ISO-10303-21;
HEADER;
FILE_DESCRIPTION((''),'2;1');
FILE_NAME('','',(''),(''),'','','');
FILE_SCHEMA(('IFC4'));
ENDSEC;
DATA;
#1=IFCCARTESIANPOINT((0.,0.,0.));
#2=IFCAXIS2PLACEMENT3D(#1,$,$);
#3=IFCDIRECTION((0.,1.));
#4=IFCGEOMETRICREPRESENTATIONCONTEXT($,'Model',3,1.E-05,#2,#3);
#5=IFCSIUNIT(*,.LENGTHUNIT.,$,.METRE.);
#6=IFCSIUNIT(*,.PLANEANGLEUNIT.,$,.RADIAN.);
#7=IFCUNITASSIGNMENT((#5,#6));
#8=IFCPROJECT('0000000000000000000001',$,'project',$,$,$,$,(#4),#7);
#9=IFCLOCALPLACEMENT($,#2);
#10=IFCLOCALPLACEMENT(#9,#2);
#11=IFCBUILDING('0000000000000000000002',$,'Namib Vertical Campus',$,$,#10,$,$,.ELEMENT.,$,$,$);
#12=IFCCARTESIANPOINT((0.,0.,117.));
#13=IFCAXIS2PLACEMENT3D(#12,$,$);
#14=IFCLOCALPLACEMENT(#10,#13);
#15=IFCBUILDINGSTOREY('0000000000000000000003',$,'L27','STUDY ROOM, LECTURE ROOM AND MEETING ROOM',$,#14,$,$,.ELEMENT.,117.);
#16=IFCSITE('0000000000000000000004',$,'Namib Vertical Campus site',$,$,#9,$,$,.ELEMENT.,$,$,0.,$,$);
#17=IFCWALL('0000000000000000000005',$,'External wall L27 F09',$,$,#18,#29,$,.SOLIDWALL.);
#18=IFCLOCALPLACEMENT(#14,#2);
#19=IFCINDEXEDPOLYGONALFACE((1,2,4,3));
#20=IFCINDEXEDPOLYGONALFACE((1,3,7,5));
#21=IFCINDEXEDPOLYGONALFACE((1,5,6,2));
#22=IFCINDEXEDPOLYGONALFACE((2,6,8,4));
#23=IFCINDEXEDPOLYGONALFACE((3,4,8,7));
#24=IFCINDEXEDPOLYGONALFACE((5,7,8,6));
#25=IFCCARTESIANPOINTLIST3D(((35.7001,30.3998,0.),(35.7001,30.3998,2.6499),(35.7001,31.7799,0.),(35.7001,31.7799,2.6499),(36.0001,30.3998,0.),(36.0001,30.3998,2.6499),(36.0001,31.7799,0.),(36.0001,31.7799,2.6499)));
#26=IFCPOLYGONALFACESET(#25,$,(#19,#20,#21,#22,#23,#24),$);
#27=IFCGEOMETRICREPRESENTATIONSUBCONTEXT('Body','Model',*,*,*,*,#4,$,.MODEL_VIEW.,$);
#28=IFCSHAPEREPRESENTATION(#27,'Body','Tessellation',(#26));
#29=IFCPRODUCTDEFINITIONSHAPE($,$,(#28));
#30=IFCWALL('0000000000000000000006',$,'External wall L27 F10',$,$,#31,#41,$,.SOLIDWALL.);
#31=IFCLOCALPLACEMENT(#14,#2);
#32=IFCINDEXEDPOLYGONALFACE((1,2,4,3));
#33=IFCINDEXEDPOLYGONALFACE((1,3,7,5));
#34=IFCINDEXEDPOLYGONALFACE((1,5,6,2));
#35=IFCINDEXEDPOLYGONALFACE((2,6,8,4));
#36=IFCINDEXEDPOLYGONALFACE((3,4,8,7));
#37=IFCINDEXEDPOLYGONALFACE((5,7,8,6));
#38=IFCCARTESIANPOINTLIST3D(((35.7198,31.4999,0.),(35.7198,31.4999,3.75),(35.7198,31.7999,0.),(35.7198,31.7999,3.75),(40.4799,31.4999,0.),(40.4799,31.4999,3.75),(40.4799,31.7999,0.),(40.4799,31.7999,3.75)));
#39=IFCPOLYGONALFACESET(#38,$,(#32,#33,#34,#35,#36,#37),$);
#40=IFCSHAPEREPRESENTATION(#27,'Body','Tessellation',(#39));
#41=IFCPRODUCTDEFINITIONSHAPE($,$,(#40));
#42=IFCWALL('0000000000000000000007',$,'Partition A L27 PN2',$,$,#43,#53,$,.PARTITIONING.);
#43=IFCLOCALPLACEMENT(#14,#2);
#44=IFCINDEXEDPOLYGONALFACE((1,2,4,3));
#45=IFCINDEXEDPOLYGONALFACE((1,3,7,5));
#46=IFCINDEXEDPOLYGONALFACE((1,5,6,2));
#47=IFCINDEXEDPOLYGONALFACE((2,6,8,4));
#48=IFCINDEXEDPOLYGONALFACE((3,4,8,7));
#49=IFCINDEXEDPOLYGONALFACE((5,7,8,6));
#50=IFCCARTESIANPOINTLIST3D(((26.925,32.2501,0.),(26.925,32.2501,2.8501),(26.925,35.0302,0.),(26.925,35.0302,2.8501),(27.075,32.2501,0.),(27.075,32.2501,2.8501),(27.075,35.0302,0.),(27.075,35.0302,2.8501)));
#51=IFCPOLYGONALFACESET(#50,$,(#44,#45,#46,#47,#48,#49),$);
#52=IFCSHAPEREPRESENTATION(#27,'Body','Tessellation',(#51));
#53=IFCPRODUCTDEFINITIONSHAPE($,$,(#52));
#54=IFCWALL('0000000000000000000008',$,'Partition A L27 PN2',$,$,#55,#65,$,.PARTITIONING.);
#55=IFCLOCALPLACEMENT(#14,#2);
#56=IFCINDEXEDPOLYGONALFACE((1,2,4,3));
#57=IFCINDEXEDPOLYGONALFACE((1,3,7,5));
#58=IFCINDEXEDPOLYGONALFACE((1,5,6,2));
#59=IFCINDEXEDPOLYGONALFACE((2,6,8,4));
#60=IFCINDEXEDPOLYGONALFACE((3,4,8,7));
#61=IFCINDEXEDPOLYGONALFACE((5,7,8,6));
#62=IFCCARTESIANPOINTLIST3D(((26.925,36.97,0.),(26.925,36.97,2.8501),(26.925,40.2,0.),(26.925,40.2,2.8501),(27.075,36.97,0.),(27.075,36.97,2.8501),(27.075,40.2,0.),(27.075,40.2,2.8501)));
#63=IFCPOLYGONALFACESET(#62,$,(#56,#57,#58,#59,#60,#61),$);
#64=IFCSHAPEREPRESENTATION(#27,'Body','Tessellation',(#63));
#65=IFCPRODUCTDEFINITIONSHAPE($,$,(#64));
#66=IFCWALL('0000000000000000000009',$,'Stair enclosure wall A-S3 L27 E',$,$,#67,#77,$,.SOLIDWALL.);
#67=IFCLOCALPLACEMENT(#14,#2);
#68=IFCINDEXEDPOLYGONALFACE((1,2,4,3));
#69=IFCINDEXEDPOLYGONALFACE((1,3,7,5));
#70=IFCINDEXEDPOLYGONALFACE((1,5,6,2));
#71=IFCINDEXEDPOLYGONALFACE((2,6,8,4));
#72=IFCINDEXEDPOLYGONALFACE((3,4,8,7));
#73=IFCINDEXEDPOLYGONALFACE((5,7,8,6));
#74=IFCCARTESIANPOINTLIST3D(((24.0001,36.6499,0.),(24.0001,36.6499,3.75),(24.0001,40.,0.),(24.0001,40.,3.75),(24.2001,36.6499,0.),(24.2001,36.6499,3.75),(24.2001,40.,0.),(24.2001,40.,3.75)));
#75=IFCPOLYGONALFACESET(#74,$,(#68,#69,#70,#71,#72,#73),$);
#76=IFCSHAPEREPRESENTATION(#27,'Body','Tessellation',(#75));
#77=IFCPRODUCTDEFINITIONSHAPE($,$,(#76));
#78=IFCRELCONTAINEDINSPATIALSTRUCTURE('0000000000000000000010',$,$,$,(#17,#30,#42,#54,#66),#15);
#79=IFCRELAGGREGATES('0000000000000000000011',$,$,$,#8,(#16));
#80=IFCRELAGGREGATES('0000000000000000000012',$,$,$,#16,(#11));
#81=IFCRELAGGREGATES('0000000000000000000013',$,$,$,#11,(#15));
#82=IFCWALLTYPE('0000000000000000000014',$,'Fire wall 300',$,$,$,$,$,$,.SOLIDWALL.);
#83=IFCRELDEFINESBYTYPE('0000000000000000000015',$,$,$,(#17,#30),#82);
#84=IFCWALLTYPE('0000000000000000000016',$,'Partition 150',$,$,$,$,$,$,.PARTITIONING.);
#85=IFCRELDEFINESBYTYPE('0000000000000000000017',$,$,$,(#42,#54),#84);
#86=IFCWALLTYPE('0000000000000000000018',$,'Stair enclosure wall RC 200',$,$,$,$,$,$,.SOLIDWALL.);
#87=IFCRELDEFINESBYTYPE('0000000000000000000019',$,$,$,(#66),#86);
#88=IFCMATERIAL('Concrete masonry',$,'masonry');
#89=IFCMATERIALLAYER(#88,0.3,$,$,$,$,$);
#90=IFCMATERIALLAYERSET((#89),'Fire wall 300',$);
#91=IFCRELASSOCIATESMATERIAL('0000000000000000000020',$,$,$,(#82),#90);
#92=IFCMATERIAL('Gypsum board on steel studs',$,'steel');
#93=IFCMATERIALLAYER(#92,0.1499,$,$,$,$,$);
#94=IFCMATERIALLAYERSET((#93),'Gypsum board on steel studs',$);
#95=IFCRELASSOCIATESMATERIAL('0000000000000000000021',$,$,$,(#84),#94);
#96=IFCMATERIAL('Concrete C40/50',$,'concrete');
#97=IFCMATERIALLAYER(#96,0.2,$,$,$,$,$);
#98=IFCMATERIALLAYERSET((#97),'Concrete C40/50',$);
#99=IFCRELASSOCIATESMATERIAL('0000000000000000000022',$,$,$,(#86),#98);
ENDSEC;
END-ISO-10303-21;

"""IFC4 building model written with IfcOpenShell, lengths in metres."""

from ifc_helpers import new_model, si_unit, direction, frame, frame_2d, origin, place, context, subcontext, project, spatial, rectangle, extrude, material, layer, layer_set, type_object, element, save


model = new_model("IFC4")

# Units and contexts
model_context = context("Model", 3, precision=1e-05, world=origin(), true_north=direction((0.0, 1.0)))
body_context = subcontext(model_context, "Body", "Model", "MODEL_VIEW")
ifc_project = project(units=[si_unit("LENGTHUNIT", "METRE"), si_unit("PLANEANGLEUNIT", "RADIAN")], contexts=[model_context])

# Site, building, storey
site_placement = place(None, origin())
site = spatial("IfcSite", under=ifc_project, at=site_placement, Name="Namib Vertical Campus site", CompositionType="ELEMENT", RefElevation=0.0)
building_placement = place(site_placement, origin())
building = spatial("IfcBuilding", under=site, at=building_placement, Name="Namib Vertical Campus", CompositionType="ELEMENT")
storey_placement = place(building_placement, frame((0.0, 0.0, 117.0)))
storey = spatial("IfcBuildingStorey", under=building, at=storey_placement, Name="L27", Description="STUDY ROOM, LECTURE ROOM AND MEETING ROOM", CompositionType="ELEMENT", Elevation=117.0)

# Walls
ifc_material_1 = material(Name="Concrete masonry", Category="masonry")
ifc_layer_1 = layer(ifc_material_1, 0.3)
ifc_layer_set_1 = layer_set([ifc_layer_1], Name="Fire wall 300")
wall_type_1 = type_object("IfcWallType", Name="Fire wall 300", PredefinedType="SOLIDWALL", material=ifc_layer_set_1)
wall_1_placement = place(storey_placement, frame((35.8501, 30.3999, 0.0), z_axis=(0.0, 0.0, 1.0), x_axis=(0.0, 1.0, 0.0)))
element("IfcWall", 1, at=wall_1_placement, inside=storey, type_object=wall_type_1, Name="External wall L27 F09", PredefinedType="SOLIDWALL", context=body_context, shape_type="SweptSolid", body=[
    extrude(rectangle(XDim=1.3801, YDim=0.3, at=frame_2d((0.6899, 0.0))), origin(), (0.0, 0.0, 1.0), 2.6499),
])
wall_2_placement = place(storey_placement, frame((35.72, 31.6499, 0.0), z_axis=(0.0, 0.0, 1.0), x_axis=(1.0, 0.0, 0.0)))
element("IfcWall", 2, at=wall_2_placement, inside=storey, type_object=wall_type_1, Name="External wall L27 F10", PredefinedType="SOLIDWALL", context=body_context, shape_type="SweptSolid", body=[
    extrude(rectangle(XDim=4.76, YDim=0.3, at=frame_2d((2.3799, 0.0))), origin(), (0.0, 0.0, 1.0), 3.75),
])
ifc_material_2 = material(Name="Gypsum board on steel studs", Category="steel")
ifc_layer_2 = layer(ifc_material_2, 0.1499)
ifc_layer_set_2 = layer_set([ifc_layer_2], Name="Gypsum board on steel studs")
wall_type_2 = type_object("IfcWallType", Name="Partition 150", PredefinedType="PARTITIONING", material=ifc_layer_set_2)
wall_3_placement = place(storey_placement, frame((27.0, 32.25, 0.0), z_axis=(0.0, 0.0, 1.0), x_axis=(0.0, 1.0, 0.0)))
element("IfcWall", 3, at=wall_3_placement, inside=storey, type_object=wall_type_2, Name="Partition A L27 PN2", PredefinedType="PARTITIONING", context=body_context, shape_type="SweptSolid", body=[
    extrude(rectangle(XDim=2.78, YDim=0.1499, at=frame_2d((1.3901, 0.0))), origin(), (0.0, 0.0, 1.0), 2.8501),
])
wall_4_placement = place(storey_placement, frame((27.0, 36.97, 0.0), z_axis=(0.0, 0.0, 1.0), x_axis=(0.0, 1.0, 0.0)))
element("IfcWall", 4, at=wall_4_placement, inside=storey, type_object=wall_type_2, Name="Partition A L27 PN2", PredefinedType="PARTITIONING", context=body_context, shape_type="SweptSolid", body=[
    extrude(rectangle(XDim=3.23, YDim=0.1499, at=frame_2d((1.615, 0.0))), origin(), (0.0, 0.0, 1.0), 2.8501),
])
ifc_material_3 = material(Name="Concrete C40/50", Category="concrete")
ifc_layer_3 = layer(ifc_material_3, 0.2)
ifc_layer_set_3 = layer_set([ifc_layer_3], Name="Concrete C40/50")
wall_type_3 = type_object("IfcWallType", Name="Stair enclosure wall RC 200", PredefinedType="SOLIDWALL", material=ifc_layer_set_3)
wall_5_placement = place(storey_placement, frame((24.1001, 36.6499, 0.0), z_axis=(0.0, 0.0, 1.0), x_axis=(0.0, 1.0, 0.0)))
element("IfcWall", 5, at=wall_5_placement, inside=storey, type_object=wall_type_3, Name="Stair enclosure wall A-S3 L27 E", PredefinedType="SOLIDWALL", context=body_context, shape_type="SweptSolid", body=[
    extrude(rectangle(XDim=3.3501, YDim=0.2, at=frame_2d((1.675, 0.0))), origin(), (0.0, 0.0, 1.0), 3.75),
])

save(model, "model.ifc")
